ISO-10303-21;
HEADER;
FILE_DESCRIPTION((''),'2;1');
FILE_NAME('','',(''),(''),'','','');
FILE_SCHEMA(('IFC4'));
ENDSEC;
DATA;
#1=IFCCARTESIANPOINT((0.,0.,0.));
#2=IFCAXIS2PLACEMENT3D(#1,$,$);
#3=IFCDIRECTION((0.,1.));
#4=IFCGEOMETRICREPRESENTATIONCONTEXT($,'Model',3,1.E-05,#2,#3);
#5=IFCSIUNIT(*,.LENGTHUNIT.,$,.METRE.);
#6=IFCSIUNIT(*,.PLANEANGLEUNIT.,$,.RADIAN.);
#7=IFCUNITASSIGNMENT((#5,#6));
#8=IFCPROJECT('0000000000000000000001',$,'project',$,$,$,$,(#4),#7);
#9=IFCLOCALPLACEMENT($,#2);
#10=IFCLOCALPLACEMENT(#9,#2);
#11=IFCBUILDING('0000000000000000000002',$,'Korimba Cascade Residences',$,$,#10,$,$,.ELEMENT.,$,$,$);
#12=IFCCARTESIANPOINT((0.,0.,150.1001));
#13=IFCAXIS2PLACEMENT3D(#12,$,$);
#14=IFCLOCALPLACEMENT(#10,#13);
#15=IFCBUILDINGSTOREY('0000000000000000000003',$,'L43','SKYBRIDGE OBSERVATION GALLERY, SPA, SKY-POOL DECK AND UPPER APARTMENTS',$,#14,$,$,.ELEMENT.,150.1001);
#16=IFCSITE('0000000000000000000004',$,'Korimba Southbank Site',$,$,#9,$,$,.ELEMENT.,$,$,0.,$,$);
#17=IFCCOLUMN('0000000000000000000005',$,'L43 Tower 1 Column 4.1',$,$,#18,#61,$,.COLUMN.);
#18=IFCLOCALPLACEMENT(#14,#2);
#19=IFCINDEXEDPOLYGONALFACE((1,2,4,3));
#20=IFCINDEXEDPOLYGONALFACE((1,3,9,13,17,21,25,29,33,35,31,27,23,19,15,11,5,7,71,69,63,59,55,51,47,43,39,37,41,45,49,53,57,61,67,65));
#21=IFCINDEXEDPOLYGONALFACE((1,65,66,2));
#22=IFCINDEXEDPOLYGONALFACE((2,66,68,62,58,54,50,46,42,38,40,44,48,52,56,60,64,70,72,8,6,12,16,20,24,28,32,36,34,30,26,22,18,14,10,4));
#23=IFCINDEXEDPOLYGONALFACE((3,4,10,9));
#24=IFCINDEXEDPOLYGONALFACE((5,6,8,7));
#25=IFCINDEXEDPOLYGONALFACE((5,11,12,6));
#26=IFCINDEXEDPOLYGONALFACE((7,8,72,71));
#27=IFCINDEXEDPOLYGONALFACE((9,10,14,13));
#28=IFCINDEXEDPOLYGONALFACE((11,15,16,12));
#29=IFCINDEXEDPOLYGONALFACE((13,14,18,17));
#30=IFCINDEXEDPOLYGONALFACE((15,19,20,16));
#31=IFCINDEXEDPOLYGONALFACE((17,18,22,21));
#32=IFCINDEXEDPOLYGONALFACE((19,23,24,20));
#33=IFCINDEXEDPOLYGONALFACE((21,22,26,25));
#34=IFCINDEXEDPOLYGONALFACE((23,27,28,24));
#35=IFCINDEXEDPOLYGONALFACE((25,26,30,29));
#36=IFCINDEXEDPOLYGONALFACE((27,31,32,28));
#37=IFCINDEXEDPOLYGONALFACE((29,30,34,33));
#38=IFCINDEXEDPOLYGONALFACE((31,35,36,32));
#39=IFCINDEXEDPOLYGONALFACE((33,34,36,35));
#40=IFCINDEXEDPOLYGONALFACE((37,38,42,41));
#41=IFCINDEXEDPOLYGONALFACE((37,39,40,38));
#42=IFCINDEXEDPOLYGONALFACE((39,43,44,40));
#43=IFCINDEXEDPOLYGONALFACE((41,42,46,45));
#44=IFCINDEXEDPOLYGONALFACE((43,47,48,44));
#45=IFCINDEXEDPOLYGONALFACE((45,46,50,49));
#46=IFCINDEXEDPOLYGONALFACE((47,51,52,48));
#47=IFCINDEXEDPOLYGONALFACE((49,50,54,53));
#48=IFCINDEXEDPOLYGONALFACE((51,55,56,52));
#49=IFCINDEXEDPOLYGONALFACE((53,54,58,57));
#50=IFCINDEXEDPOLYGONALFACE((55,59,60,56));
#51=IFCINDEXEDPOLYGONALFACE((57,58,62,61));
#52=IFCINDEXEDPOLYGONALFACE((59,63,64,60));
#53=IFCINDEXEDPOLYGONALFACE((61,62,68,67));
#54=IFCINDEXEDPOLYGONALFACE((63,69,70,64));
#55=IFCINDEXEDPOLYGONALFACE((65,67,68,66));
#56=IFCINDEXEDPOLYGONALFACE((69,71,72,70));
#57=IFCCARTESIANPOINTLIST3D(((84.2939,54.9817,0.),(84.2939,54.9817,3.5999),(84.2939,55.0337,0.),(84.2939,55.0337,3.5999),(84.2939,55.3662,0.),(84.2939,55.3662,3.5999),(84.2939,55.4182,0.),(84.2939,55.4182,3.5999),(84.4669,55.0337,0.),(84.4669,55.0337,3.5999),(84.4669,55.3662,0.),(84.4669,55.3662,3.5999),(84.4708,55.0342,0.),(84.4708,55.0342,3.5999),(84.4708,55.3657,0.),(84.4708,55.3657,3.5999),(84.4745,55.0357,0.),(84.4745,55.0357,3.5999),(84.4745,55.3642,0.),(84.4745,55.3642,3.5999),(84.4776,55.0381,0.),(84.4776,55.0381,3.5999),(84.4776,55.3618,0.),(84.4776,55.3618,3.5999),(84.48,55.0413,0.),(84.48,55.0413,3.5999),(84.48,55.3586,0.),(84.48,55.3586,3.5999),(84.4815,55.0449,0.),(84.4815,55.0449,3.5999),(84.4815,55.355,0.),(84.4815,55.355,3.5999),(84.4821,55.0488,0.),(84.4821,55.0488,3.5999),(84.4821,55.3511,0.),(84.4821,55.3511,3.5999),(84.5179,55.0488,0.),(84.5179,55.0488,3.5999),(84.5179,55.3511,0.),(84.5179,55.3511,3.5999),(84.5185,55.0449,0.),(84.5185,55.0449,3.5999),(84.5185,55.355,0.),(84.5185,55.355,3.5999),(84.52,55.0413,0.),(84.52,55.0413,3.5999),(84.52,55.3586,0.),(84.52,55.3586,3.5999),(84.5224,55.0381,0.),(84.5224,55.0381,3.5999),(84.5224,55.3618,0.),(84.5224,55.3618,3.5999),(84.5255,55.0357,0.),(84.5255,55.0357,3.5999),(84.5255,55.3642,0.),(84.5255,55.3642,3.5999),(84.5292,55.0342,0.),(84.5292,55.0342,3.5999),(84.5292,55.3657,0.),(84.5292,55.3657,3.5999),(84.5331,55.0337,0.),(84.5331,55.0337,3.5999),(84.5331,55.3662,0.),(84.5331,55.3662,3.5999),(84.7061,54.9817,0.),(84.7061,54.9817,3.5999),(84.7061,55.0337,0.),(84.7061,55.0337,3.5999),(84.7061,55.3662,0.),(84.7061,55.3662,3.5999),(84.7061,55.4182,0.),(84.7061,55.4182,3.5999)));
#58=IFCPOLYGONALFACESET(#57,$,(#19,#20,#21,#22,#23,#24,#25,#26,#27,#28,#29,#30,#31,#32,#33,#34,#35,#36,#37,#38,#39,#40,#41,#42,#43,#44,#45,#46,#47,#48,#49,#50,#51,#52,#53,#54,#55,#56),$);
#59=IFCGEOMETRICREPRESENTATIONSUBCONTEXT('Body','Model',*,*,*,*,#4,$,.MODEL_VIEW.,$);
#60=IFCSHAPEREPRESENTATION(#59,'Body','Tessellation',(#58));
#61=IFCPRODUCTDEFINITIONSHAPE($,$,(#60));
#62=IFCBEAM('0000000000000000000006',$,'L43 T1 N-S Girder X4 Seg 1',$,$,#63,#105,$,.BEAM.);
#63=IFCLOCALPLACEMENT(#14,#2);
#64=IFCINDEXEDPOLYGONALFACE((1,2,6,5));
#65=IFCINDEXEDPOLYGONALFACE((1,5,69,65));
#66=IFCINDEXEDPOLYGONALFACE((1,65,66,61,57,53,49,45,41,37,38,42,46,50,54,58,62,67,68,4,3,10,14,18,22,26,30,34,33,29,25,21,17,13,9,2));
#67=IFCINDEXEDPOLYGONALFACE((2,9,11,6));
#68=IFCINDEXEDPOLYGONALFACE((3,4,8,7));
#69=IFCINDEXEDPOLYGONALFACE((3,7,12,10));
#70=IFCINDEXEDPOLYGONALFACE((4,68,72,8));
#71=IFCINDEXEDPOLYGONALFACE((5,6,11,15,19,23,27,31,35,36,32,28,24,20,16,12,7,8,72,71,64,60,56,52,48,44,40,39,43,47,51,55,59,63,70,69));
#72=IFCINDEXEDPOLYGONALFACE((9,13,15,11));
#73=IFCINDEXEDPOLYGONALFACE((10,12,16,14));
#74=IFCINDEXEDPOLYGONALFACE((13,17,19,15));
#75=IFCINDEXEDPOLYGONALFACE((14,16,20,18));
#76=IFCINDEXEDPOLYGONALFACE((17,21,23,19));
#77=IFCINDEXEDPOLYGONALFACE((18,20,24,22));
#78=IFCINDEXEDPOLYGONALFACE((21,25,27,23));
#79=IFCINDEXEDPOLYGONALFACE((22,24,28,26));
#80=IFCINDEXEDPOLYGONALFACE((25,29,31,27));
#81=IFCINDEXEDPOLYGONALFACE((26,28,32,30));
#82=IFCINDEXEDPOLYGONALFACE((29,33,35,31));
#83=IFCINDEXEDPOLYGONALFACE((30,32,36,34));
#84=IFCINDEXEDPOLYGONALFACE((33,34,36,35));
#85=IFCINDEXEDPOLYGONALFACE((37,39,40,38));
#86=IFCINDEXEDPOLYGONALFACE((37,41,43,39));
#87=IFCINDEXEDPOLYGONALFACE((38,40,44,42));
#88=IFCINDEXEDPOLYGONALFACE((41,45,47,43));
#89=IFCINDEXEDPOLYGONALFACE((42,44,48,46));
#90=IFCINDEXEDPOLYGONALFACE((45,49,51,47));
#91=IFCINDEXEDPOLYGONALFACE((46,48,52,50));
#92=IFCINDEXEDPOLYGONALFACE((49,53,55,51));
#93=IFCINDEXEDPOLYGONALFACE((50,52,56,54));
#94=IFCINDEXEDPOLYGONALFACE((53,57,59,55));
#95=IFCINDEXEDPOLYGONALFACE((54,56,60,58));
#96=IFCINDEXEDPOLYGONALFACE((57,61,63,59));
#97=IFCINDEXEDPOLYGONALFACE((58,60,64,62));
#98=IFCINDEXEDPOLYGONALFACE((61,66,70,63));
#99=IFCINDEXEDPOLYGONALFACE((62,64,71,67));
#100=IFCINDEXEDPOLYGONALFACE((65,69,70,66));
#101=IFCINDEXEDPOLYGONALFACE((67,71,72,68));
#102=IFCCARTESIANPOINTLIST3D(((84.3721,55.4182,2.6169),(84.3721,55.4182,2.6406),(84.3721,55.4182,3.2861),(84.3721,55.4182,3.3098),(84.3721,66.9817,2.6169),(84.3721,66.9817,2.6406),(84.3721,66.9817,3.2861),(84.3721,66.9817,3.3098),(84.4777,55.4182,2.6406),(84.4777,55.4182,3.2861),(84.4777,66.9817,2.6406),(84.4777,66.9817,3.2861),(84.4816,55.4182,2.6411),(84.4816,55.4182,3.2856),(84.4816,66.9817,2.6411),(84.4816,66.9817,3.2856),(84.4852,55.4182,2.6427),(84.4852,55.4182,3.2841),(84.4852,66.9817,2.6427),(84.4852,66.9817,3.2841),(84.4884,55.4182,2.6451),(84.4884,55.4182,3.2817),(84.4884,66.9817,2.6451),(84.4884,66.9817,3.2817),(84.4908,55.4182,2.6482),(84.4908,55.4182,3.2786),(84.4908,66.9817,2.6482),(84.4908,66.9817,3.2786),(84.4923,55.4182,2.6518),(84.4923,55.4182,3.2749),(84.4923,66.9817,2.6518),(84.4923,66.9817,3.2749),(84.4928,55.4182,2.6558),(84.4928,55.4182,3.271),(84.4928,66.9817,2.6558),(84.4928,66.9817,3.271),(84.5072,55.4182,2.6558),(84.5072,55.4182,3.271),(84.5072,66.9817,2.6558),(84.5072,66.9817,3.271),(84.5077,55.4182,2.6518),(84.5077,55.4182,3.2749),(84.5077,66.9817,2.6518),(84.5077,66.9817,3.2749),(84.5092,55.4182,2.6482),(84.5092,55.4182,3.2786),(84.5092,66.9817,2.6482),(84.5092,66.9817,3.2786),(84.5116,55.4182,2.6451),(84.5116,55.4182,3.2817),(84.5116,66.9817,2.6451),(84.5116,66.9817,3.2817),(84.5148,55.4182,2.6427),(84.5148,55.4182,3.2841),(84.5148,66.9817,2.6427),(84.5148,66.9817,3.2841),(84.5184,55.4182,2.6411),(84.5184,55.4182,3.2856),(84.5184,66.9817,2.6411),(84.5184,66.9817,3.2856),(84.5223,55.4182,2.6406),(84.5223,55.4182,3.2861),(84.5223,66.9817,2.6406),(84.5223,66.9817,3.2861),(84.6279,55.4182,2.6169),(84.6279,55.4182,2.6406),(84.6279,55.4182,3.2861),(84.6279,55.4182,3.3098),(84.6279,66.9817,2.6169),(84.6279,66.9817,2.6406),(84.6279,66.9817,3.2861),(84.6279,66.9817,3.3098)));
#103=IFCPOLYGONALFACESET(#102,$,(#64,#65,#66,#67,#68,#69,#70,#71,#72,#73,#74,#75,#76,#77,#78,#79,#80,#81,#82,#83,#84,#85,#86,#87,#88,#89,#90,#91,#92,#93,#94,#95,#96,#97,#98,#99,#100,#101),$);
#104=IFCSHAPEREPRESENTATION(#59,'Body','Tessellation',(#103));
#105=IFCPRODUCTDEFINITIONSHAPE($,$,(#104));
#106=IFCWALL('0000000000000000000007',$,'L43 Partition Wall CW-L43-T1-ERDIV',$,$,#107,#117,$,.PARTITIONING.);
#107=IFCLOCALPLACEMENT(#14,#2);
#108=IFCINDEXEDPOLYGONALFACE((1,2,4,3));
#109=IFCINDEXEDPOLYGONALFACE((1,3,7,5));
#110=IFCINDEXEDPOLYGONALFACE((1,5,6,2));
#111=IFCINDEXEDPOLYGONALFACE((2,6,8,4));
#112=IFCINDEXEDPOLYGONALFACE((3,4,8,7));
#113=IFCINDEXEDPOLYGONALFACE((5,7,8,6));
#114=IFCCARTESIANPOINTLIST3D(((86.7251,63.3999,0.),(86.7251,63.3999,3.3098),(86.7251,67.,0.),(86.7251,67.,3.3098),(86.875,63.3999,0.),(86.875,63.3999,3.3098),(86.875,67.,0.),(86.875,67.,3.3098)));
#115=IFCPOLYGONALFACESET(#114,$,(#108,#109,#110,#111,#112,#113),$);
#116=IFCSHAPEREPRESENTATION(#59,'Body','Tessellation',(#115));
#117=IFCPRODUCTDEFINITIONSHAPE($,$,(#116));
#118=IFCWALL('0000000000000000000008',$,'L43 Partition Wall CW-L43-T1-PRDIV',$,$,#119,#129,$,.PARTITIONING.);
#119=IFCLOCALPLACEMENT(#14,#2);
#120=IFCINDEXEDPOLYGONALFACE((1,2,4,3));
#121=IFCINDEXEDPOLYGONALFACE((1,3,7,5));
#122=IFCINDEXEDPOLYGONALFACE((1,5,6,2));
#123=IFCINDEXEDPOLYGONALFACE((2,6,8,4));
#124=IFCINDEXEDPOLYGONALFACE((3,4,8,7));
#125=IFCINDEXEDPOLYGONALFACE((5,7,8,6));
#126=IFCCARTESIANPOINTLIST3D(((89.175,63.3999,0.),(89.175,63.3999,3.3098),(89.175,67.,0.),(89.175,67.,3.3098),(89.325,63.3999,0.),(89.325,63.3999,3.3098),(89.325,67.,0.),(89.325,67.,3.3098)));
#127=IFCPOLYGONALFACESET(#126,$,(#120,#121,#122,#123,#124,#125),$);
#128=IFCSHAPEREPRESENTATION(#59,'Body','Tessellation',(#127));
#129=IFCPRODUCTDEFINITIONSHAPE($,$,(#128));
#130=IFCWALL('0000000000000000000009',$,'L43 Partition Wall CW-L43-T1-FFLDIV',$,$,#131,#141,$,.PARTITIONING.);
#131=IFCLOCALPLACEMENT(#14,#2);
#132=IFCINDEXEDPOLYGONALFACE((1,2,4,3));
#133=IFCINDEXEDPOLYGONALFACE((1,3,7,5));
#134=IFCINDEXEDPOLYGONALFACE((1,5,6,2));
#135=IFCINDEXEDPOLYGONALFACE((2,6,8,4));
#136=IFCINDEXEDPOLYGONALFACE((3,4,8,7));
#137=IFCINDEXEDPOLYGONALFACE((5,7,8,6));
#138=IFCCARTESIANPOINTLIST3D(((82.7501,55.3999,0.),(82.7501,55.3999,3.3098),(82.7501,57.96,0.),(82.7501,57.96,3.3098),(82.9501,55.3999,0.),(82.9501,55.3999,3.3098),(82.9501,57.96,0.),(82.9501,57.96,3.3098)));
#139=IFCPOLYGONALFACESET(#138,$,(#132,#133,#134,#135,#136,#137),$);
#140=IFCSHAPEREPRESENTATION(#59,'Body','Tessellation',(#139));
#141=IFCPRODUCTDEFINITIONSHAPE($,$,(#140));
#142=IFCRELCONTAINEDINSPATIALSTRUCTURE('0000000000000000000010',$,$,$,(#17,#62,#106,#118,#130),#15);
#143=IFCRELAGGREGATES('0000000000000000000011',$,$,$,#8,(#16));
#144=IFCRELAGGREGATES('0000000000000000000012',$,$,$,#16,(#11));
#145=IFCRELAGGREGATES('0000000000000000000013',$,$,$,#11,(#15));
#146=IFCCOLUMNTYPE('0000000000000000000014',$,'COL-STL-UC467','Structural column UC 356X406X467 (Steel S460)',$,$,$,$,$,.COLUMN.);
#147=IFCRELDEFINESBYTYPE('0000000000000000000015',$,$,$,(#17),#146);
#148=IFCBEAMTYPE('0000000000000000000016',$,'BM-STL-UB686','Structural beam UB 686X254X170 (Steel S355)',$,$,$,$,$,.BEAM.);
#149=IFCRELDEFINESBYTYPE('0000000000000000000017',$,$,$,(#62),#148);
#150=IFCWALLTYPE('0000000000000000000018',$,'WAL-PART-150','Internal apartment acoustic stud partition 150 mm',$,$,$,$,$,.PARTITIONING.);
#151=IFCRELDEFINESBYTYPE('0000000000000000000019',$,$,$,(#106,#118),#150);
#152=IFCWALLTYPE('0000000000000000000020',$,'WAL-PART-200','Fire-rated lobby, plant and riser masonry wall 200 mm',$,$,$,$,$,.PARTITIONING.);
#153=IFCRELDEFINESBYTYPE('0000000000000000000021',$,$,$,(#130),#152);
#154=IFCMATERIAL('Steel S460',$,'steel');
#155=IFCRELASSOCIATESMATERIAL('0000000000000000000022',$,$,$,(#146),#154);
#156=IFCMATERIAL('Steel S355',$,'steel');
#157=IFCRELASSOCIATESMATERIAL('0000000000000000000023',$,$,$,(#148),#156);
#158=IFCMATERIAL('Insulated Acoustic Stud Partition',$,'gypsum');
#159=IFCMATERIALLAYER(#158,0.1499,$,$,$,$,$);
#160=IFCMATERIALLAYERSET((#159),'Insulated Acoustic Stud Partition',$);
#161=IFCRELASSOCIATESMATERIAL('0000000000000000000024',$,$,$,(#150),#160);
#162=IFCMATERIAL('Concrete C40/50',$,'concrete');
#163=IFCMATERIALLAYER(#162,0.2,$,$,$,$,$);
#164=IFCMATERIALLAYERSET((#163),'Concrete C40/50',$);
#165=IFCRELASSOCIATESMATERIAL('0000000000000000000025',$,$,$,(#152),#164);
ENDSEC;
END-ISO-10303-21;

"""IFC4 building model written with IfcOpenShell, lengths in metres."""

from ifc_helpers import new_model, si_unit, direction, frame, frame_2d, origin, origin_2d, place, context, subcontext, project, spatial, rectangle, i_section, extrude, material, layer, layer_set, material_profile, profile_set, type_object, element, save


model = new_model("IFC4")

# Units and contexts
model_context = context("Model", 3, precision=1e-05, world=origin(), true_north=direction((0.0, 1.0)))
body_context = subcontext(model_context, "Body", "Model", "MODEL_VIEW")
ifc_project = project(units=[si_unit("LENGTHUNIT", "METRE"), si_unit("PLANEANGLEUNIT", "RADIAN")], contexts=[model_context])

# Site, building, storey
site_placement = place(None, origin())
site = spatial("IfcSite", under=ifc_project, at=site_placement, Name="Korimba Southbank Site", CompositionType="ELEMENT", RefElevation=0.0)
building_placement = place(site_placement, origin())
building = spatial("IfcBuilding", under=site, at=building_placement, Name="Korimba Cascade Residences", CompositionType="ELEMENT")
storey_placement = place(building_placement, frame((0.0, 0.0, 150.1001)))
storey = spatial("IfcBuildingStorey", under=building, at=storey_placement, Name="L43", Description="SKYBRIDGE OBSERVATION GALLERY, SPA, SKY-POOL DECK AND UPPER APARTMENTS", CompositionType="ELEMENT", Elevation=150.1001)

# Column
ifc_material_1 = material(Name="Steel S460", Category="steel")
ifc_material_profile_1 = material_profile(ifc_material_1, i_section(OverallWidth=0.4121, OverallDepth=0.4365, WebThickness=0.0359, FlangeThickness=0.052, FilletRadius=0.0151, at=origin_2d()), Name="Steel S460")
ifc_profile_set_1 = profile_set([ifc_material_profile_1], Name="Steel S460")
column_type = type_object("IfcColumnType", Name="COL-STL-UC467", Description="Structural column UC 356X406X467 (Steel S460)", PredefinedType="COLUMN", material=ifc_profile_set_1)
column_placement = place(storey_placement, frame((84.5, 55.2, 0.0), z_axis=(0.0, 0.0, 1.0), x_axis=(1.0, 0.0, 0.0)))
element("IfcColumn", 1, at=column_placement, inside=storey, type_object=column_type, Name="L43 Tower 1 Column 4.1", PredefinedType="COLUMN", context=body_context, shape_type="SweptSolid", body=[
    extrude(i_section(OverallWidth=0.4121, OverallDepth=0.4365, WebThickness=0.0359, FlangeThickness=0.052, FilletRadius=0.0151, at=origin_2d()), origin(), (0.0, 0.0, 1.0), 3.5999),
])

# Beam
ifc_material_2 = material(Name="Steel S355", Category="steel")
ifc_material_profile_2 = material_profile(ifc_material_2, i_section(OverallWidth=0.2559, OverallDepth=0.6929, WebThickness=0.0144, FlangeThickness=0.0237, FilletRadius=0.0151, at=origin_2d()), Name="Steel S355")
ifc_profile_set_2 = profile_set([ifc_material_profile_2], Name="Steel S355")
beam_type = type_object("IfcBeamType", Name="BM-STL-UB686", Description="Structural beam UB 686X254X170 (Steel S355)", PredefinedType="BEAM", material=ifc_profile_set_2)
beam_placement = place(storey_placement, frame((84.5, 55.4182, 2.9634), z_axis=(0.0, 1.0, 0.0), x_axis=(-1.0, 0.0, 0.0)))
element("IfcBeam", 2, at=beam_placement, inside=storey, type_object=beam_type, Name="L43 T1 N-S Girder X4 Seg 1", PredefinedType="BEAM", context=body_context, shape_type="SweptSolid", body=[
    extrude(i_section(OverallWidth=0.2559, OverallDepth=0.6929, WebThickness=0.0144, FlangeThickness=0.0237, FilletRadius=0.0151, at=origin_2d()), origin(), (0.0, 0.0, 1.0), 11.5635),
])

# Walls
ifc_material_3 = material(Name="Insulated Acoustic Stud Partition", Category="gypsum")
ifc_layer_1 = layer(ifc_material_3, 0.1499)
ifc_layer_set_1 = layer_set([ifc_layer_1], Name="Insulated Acoustic Stud Partition")
wall_type_1 = type_object("IfcWallType", Name="WAL-PART-150", Description="Internal apartment acoustic stud partition 150 mm", PredefinedType="PARTITIONING", material=ifc_layer_set_1)
for number, where, z_axis, x_axis, name in (
    (3, (86.8, 63.3999, 0.0), (0.0, 0.0, 1.0), (0.0, 1.0, 0.0), "L43 Partition Wall CW-L43-T1-ERDIV"),
    (4, (89.25, 63.3999, 0.0), (0.0, 0.0, 1.0), (0.0, 1.0, 0.0), "L43 Partition Wall CW-L43-T1-PRDIV"),
):
    element("IfcWall", number, at=place(storey_placement, frame(where, z_axis=z_axis, x_axis=x_axis)), inside=storey, type_object=wall_type_1, Name=name, PredefinedType="PARTITIONING", context=body_context, shape_type="SweptSolid", body=[
        extrude(rectangle(XDim=3.6001, YDim=0.1499, at=frame_2d((1.8, 0.0))), origin(), (0.0, 0.0, 1.0), 3.3098),
    ])
ifc_material_4 = material(Name="Concrete C40/50", Category="concrete")
ifc_layer_2 = layer(ifc_material_4, 0.2)
ifc_layer_set_2 = layer_set([ifc_layer_2], Name="Concrete C40/50")
wall_type_2 = type_object("IfcWallType", Name="WAL-PART-200", Description="Fire-rated lobby, plant and riser masonry wall 200 mm", PredefinedType="PARTITIONING", material=ifc_layer_set_2)
wall_1_placement = place(storey_placement, frame((82.8501, 55.3999, 0.0), z_axis=(0.0, 0.0, 1.0), x_axis=(0.0, 1.0, 0.0)))
element("IfcWall", 5, at=wall_1_placement, inside=storey, type_object=wall_type_2, Name="L43 Partition Wall CW-L43-T1-FFLDIV", PredefinedType="PARTITIONING", context=body_context, shape_type="SweptSolid", body=[
    extrude(rectangle(XDim=2.5601, YDim=0.2, at=frame_2d((1.28, 0.0))), origin(), (0.0, 0.0, 1.0), 3.3098),
])

save(model, "model.ifc")
